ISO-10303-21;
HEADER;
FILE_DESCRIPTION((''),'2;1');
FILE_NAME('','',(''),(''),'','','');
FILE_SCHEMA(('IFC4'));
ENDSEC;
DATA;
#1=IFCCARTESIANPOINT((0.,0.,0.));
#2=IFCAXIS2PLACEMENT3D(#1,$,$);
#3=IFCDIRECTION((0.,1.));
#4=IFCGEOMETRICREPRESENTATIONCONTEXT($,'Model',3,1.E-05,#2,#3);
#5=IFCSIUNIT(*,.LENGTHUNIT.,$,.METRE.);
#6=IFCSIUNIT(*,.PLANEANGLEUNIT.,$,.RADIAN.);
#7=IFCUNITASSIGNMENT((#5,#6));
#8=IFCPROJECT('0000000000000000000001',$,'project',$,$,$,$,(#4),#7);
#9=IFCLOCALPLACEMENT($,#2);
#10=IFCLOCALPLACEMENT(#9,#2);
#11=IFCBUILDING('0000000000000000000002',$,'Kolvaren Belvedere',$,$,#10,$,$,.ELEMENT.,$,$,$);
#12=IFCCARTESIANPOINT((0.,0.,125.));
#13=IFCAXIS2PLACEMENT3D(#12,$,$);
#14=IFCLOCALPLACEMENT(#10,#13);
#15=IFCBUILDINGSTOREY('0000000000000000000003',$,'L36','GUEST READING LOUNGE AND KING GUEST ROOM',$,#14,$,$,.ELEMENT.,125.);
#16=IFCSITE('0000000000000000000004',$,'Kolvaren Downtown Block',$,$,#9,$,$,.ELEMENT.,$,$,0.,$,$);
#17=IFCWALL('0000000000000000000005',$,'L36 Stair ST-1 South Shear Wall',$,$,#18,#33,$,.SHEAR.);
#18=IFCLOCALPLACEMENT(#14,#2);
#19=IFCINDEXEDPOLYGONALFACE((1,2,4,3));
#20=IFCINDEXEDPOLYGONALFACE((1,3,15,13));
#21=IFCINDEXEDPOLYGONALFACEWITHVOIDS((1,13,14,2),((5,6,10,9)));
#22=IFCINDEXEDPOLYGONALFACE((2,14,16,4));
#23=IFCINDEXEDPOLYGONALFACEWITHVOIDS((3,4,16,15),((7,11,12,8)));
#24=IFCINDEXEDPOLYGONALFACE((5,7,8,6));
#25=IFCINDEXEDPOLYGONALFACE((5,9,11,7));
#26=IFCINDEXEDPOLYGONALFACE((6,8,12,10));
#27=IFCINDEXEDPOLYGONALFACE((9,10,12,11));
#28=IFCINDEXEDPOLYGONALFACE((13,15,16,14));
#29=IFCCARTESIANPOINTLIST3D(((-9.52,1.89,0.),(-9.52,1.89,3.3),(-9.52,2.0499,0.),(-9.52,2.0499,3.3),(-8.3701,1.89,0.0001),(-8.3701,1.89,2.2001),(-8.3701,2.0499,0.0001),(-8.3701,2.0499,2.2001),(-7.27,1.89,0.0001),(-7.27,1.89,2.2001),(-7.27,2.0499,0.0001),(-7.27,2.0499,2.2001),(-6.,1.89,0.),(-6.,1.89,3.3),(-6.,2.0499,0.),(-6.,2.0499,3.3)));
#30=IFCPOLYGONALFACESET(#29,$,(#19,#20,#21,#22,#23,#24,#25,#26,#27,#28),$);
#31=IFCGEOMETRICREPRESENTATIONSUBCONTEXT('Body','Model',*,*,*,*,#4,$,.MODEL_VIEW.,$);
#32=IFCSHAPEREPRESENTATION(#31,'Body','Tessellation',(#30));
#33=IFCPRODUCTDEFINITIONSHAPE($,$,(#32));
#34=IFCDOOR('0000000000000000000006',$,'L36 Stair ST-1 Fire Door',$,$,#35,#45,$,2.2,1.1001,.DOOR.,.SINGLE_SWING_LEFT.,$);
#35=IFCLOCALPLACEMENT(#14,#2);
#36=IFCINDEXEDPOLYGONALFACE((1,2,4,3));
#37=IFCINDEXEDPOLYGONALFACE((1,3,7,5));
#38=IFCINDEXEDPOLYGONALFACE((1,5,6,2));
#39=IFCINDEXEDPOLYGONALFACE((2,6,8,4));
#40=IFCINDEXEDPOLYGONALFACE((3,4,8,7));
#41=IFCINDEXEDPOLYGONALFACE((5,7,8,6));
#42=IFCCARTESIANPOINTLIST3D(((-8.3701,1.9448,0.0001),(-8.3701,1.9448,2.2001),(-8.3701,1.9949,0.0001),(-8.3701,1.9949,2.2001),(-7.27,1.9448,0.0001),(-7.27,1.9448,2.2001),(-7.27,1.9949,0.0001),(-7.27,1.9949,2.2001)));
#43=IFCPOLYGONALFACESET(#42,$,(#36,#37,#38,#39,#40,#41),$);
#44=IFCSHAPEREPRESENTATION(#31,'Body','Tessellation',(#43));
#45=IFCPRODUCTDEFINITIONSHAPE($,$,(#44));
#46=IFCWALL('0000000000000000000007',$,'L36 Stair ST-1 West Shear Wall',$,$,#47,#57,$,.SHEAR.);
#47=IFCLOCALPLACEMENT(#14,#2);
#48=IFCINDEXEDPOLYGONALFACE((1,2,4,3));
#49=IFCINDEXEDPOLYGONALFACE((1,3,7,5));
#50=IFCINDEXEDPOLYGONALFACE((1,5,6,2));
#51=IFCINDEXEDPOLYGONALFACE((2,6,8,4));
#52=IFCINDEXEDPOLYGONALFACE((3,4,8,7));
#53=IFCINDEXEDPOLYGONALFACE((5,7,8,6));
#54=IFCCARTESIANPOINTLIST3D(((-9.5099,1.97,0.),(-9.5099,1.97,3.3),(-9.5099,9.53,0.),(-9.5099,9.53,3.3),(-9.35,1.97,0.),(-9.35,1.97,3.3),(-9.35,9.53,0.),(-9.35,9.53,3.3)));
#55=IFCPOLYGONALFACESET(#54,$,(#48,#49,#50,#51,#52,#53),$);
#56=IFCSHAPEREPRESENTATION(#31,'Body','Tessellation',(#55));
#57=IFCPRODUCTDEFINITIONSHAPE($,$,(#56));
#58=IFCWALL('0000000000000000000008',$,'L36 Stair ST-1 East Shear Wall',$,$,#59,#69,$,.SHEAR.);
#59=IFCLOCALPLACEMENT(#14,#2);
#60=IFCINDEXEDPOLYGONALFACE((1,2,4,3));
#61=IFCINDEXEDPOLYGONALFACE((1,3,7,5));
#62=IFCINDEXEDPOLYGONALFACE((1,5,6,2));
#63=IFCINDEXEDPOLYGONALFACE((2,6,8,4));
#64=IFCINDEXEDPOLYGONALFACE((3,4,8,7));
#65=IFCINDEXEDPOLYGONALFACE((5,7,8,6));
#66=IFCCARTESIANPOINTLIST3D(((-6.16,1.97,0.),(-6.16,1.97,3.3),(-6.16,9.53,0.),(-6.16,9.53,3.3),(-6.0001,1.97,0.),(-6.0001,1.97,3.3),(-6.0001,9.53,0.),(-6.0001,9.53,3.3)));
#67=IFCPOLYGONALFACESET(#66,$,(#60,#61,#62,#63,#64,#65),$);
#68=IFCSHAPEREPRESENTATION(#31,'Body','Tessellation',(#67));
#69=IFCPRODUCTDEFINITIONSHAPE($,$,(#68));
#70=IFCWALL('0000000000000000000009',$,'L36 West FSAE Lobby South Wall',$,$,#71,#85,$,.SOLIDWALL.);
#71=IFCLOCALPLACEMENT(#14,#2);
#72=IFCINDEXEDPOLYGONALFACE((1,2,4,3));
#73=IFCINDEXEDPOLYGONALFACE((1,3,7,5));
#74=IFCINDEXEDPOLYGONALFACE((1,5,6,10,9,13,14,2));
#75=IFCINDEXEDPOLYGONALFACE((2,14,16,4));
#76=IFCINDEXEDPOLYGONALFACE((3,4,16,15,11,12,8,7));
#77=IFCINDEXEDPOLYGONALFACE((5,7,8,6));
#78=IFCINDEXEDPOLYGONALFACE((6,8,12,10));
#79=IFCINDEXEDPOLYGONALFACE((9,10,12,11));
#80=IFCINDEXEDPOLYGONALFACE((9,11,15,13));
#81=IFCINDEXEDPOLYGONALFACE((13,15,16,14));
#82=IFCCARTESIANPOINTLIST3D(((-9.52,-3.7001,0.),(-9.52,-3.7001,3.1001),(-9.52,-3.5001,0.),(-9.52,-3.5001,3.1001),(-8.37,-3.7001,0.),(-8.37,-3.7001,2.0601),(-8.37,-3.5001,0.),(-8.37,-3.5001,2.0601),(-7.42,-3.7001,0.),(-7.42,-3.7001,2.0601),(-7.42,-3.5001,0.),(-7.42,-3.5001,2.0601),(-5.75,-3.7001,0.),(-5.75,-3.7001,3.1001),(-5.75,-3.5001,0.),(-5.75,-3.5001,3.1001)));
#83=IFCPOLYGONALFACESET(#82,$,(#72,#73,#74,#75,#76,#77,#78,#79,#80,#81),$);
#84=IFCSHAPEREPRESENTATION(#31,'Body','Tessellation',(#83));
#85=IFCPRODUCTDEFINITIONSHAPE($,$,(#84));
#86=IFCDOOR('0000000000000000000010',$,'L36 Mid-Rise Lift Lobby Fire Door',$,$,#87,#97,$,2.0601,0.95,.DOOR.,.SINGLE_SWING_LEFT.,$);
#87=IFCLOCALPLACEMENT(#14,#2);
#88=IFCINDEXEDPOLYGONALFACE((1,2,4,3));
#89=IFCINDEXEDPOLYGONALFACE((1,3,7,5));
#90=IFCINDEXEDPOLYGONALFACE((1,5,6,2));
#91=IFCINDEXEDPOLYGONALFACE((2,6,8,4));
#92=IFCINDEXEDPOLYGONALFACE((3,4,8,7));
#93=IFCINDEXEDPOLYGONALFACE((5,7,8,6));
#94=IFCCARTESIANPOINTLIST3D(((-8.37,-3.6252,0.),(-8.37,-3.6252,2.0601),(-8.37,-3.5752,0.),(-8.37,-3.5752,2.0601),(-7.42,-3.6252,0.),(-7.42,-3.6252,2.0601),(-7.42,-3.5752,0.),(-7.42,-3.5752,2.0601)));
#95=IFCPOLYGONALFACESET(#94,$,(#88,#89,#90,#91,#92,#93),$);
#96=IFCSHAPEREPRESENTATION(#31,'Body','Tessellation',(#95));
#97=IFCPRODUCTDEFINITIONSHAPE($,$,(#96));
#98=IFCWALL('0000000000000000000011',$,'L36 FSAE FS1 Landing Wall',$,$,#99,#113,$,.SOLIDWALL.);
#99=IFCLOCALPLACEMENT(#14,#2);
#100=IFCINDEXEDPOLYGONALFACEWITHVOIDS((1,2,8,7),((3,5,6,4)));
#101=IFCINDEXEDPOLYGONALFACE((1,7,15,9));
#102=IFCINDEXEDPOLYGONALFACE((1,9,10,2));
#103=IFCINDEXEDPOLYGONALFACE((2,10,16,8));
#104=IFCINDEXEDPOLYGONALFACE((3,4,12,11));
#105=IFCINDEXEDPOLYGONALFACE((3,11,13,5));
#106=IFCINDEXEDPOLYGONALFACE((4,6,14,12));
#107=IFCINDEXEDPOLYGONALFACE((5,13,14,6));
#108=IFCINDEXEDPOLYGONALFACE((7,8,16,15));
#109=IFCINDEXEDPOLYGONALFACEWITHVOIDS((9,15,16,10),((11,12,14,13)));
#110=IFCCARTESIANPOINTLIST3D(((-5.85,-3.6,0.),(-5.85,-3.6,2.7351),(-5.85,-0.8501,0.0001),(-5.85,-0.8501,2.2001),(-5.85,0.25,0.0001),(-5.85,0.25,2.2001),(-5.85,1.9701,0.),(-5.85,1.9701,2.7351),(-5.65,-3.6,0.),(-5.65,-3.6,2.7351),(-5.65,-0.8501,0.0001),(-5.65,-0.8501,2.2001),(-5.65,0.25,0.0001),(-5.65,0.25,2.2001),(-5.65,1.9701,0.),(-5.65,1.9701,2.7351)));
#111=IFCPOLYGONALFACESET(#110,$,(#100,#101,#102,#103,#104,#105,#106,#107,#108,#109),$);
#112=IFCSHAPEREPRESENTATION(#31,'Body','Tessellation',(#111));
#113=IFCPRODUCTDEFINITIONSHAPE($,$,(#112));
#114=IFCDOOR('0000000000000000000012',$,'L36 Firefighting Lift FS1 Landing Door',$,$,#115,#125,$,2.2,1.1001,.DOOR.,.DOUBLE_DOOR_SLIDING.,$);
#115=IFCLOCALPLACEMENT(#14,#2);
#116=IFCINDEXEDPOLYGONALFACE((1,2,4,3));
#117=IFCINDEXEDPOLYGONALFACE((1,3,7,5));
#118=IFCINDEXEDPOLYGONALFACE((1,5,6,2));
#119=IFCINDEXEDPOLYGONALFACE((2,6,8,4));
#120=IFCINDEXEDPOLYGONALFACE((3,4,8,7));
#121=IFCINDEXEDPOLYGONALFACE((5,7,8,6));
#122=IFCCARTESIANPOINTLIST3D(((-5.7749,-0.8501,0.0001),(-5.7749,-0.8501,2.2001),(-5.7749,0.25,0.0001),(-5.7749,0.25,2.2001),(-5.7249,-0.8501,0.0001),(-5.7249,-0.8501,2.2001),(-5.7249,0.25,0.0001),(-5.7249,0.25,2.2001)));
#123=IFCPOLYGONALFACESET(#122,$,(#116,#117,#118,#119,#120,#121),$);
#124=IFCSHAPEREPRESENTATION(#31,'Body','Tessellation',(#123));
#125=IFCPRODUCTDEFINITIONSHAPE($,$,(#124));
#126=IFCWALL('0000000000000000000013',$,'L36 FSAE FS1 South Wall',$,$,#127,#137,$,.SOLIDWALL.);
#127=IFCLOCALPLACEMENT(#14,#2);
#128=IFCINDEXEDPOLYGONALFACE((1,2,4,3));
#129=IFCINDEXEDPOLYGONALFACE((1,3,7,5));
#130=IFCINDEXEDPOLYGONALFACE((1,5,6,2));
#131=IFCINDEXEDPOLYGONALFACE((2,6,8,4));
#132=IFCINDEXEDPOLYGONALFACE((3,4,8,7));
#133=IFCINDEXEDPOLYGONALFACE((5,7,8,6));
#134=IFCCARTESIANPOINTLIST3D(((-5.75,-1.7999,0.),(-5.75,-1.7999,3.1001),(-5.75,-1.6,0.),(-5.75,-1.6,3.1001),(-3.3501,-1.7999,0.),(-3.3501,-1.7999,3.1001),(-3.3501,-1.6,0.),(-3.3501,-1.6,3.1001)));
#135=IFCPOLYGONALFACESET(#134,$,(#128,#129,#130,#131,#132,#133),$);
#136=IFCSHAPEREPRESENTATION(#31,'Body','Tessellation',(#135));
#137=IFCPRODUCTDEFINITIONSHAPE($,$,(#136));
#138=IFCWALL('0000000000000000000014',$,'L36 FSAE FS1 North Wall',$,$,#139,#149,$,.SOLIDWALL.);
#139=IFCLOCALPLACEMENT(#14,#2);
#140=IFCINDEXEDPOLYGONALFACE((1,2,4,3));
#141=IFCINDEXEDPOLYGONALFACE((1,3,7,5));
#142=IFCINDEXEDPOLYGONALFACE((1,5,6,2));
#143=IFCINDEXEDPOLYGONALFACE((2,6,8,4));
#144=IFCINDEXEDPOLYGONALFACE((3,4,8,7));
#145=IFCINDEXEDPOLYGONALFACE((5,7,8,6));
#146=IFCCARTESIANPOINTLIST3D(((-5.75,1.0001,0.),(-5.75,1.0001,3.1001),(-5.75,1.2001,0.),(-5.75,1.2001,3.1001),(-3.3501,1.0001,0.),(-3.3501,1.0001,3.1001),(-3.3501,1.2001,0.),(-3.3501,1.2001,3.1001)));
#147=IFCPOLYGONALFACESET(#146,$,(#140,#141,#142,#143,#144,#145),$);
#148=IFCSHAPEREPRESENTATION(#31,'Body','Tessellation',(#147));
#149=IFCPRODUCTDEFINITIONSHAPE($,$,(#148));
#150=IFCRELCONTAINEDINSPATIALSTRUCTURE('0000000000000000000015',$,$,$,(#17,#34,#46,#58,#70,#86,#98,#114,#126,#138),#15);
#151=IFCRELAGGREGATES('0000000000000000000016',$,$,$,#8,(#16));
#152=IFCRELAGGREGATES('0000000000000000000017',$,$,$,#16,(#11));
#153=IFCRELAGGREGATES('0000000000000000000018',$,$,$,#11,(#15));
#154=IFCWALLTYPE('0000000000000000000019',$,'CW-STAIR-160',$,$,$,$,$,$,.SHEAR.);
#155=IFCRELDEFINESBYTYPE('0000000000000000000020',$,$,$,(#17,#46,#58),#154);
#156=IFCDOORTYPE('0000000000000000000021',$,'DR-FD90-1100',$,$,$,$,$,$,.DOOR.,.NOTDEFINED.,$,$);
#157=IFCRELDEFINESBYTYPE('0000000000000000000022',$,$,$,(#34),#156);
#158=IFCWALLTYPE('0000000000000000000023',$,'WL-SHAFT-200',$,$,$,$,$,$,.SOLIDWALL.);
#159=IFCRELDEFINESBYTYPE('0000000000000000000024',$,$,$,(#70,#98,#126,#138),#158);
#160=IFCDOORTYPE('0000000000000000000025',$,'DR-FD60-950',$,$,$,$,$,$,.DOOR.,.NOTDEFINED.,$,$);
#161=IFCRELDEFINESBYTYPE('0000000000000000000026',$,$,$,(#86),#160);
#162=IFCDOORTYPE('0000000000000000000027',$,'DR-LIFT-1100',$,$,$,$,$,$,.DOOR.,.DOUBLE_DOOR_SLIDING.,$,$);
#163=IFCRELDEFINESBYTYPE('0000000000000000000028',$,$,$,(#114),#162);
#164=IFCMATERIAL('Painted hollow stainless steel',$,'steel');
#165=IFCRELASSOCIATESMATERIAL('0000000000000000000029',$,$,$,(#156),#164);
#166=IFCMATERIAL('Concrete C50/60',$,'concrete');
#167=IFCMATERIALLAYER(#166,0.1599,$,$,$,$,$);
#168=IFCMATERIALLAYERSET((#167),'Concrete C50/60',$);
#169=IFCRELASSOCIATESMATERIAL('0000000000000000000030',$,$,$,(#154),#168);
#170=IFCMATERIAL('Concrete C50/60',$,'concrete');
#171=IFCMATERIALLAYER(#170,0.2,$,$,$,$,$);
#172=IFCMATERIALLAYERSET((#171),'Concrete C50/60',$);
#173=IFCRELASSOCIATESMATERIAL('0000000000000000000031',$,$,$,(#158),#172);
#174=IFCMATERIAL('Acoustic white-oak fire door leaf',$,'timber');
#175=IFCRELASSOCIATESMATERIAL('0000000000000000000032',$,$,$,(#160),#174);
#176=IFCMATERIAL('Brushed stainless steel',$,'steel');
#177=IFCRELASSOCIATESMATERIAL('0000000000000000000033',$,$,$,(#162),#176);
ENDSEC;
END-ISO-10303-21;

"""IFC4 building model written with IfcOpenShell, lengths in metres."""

from ifc_helpers import new_model, si_unit, direction, frame, frame_2d, origin, place, context, subcontext, project, spatial, rectangle, extrude, material, layer, layer_set, type_object, element, fill, save


model = new_model("IFC4")

# Units and contexts
model_context = context("Model", 3, precision=1e-05, world=origin(), true_north=direction((0.0, 1.0)))
body_context = subcontext(model_context, "Body", "Model", "MODEL_VIEW")
ifc_project = project(units=[si_unit("LENGTHUNIT", "METRE"), si_unit("PLANEANGLEUNIT", "RADIAN")], contexts=[model_context])

# Site, building, storey
site_placement = place(None, origin())
site = spatial("IfcSite", under=ifc_project, at=site_placement, Name="Kolvaren Downtown Block", CompositionType="ELEMENT", RefElevation=0.0)
building_placement = place(site_placement, origin())
building = spatial("IfcBuilding", under=site, at=building_placement, Name="Kolvaren Belvedere", CompositionType="ELEMENT")
storey_placement = place(building_placement, frame((0.0, 0.0, 125.0)))
storey = spatial("IfcBuildingStorey", under=building, at=storey_placement, Name="L36", Description="GUEST READING LOUNGE AND KING GUEST ROOM", CompositionType="ELEMENT", Elevation=125.0)

# Wall, opening, door
ifc_material_1 = material(Name="Painted hollow stainless steel", Category="steel")
door_type_1 = type_object("IfcDoorType", Name="DR-FD90-1100", OperationType="NOTDEFINED", PredefinedType="DOOR", material=ifc_material_1)
ifc_material_2 = material(Name="Concrete C50/60", Category="concrete")
ifc_layer_1 = layer(ifc_material_2, 0.1599)
ifc_layer_set_1 = layer_set([ifc_layer_1], Name="Concrete C50/60")
wall_type_1 = type_object("IfcWallType", Name="CW-STAIR-160", PredefinedType="SHEAR", material=ifc_layer_set_1)
wall_1_placement = place(storey_placement, frame((-9.52, 1.97, 0.0), z_axis=(0.0, 0.0, 1.0), x_axis=(1.0, 0.0, 0.0)))
wall_1 = element("IfcWall", 1, at=wall_1_placement, inside=storey, type_object=wall_type_1, Name="L36 Stair ST-1 South Shear Wall", PredefinedType="SHEAR", context=body_context, shape_type="SweptSolid", body=[
    extrude(rectangle(XDim=3.52, YDim=0.1599, at=frame_2d((1.76, 0.0))), origin(), (0.0, 0.0, 1.0), 3.3),
])
opening_1_placement = place(wall_1_placement, frame((1.1499, 0.0, 0.0)))
opening_1 = element("IfcOpeningElement", 2, at=opening_1_placement, cuts=wall_1, PredefinedType="OPENING", context=body_context, shape_type="SweptSolid", body=[
    extrude(rectangle(XDim=1.1001, YDim=2.2, at=frame_2d((0.55, 1.1001))), frame((0.0, 0.0898, 0.0), z_axis=(0.0, -1.0, 0.0), x_axis=(1.0, 0.0, 0.0)), (0.0, 0.0, 1.0), 0.1799),
])
door_1_placement = place(opening_1_placement, origin())
door_1 = element("IfcDoor", 3, at=door_1_placement, inside=storey, type_object=door_type_1, Name="L36 Stair ST-1 Fire Door", OperationType="SINGLE_SWING_LEFT", OverallHeight=2.2, OverallWidth=1.1001, PredefinedType="DOOR", context=body_context, shape_type="SweptSolid", body=[
    extrude(rectangle(XDim=1.1001, YDim=2.2, at=frame_2d((0.55, 1.1001))), frame((0.0, 0.0249, 0.0), z_axis=(0.0, -1.0, 0.0), x_axis=(1.0, 0.0, 0.0)), (0.0, 0.0, 1.0), 0.05),
])
fill(opening_1, door_1)

# Walls
for number, where, z_axis, x_axis, name in (
    (4, (-9.4299, 1.97, 0.0), (0.0, 0.0, 1.0), (0.0, 1.0, 0.0), "L36 Stair ST-1 West Shear Wall"),
    (5, (-6.0801, 1.97, 0.0), (0.0, 0.0, 1.0), (0.0, 1.0, 0.0), "L36 Stair ST-1 East Shear Wall"),
):
    element("IfcWall", number, at=place(storey_placement, frame(where, z_axis=z_axis, x_axis=x_axis)), inside=storey, type_object=wall_type_1, Name=name, PredefinedType="SHEAR", context=body_context, shape_type="SweptSolid", body=[
        extrude(rectangle(XDim=7.5601, YDim=0.1599, at=frame_2d((3.78, 0.0))), origin(), (0.0, 0.0, 1.0), 3.3),
    ])

# Walls, openings, doors
ifc_material_3 = material(Name="Concrete C50/60", Category="concrete")
ifc_layer_2 = layer(ifc_material_3, 0.2)
ifc_layer_set_2 = layer_set([ifc_layer_2], Name="Concrete C50/60")
wall_type_2 = type_object("IfcWallType", Name="WL-SHAFT-200", PredefinedType="SOLIDWALL", material=ifc_layer_set_2)
wall_2_placement = place(storey_placement, frame((-9.52, -3.6001, 0.0), z_axis=(0.0, 0.0, 1.0), x_axis=(1.0, 0.0, 0.0)))
wall_2 = element("IfcWall", 6, at=wall_2_placement, inside=storey, type_object=wall_type_2, Name="L36 West FSAE Lobby South Wall", PredefinedType="SOLIDWALL", context=body_context, shape_type="SweptSolid", body=[
    extrude(rectangle(XDim=3.77, YDim=0.2, at=frame_2d((1.885, 0.0))), origin(), (0.0, 0.0, 1.0), 3.1001),
])
opening_2_placement = place(wall_2_placement, frame((1.1499, 0.0, 0.0)))
opening_2 = element("IfcOpeningElement", 7, at=opening_2_placement, cuts=wall_2, PredefinedType="OPENING", context=body_context, shape_type="SweptSolid", body=[
    extrude(rectangle(XDim=0.95, YDim=2.0601, at=frame_2d((0.4751, 1.03))), frame((0.0, 0.1099, 0.0), z_axis=(0.0, -1.0, 0.0), x_axis=(1.0, 0.0, 0.0)), (0.0, 0.0, 1.0), 0.22),
])
ifc_material_4 = material(Name="Acoustic white-oak fire door leaf", Category="timber")
door_type_2 = type_object("IfcDoorType", Name="DR-FD60-950", OperationType="NOTDEFINED", PredefinedType="DOOR", material=ifc_material_4)
door_2_placement = place(opening_2_placement, origin())
door_2 = element("IfcDoor", 8, at=door_2_placement, inside=storey, type_object=door_type_2, Name="L36 Mid-Rise Lift Lobby Fire Door", OperationType="SINGLE_SWING_LEFT", OverallHeight=2.0601, OverallWidth=0.95, PredefinedType="DOOR", context=body_context, shape_type="SweptSolid", body=[
    extrude(rectangle(XDim=0.95, YDim=2.0601, at=frame_2d((0.4751, 1.03))), frame((0.0, 0.0249, 0.0), z_axis=(0.0, -1.0, 0.0), x_axis=(1.0, 0.0, 0.0)), (0.0, 0.0, 1.0), 0.05),
])
fill(opening_2, door_2)
wall_3_placement = place(storey_placement, frame((-5.75, -3.6001, 0.0), z_axis=(0.0, 0.0, 1.0), x_axis=(0.0, 1.0, 0.0)))
wall_3 = element("IfcWall", 9, at=wall_3_placement, inside=storey, type_object=wall_type_2, Name="L36 FSAE FS1 Landing Wall", PredefinedType="SOLIDWALL", context=body_context, shape_type="SweptSolid", body=[
    extrude(rectangle(XDim=5.5701, YDim=0.2, at=frame_2d((2.7852, 0.0))), origin(), (0.0, 0.0, 1.0), 2.7351),
])
opening_3_placement = place(wall_3_placement, frame((2.75, 0.0, 0.0)))
opening_3 = element("IfcOpeningElement", 10, at=opening_3_placement, cuts=wall_3, PredefinedType="OPENING", context=body_context, shape_type="SweptSolid", body=[
    extrude(rectangle(XDim=1.1001, YDim=2.2, at=frame_2d((0.55, 1.1001))), frame((0.0, 0.1099, 0.0), z_axis=(0.0, -1.0, 0.0), x_axis=(1.0, 0.0, 0.0)), (0.0, 0.0, 1.0), 0.22),
])
ifc_material_5 = material(Name="Brushed stainless steel", Category="steel")
door_type_3 = type_object("IfcDoorType", Name="DR-LIFT-1100", OperationType="DOUBLE_DOOR_SLIDING", PredefinedType="DOOR", material=ifc_material_5)
door_3_placement = place(opening_3_placement, origin())
door_3 = element("IfcDoor", 11, at=door_3_placement, inside=storey, type_object=door_type_3, Name="L36 Firefighting Lift FS1 Landing Door", OperationType="DOUBLE_DOOR_SLIDING", OverallHeight=2.2, OverallWidth=1.1001, PredefinedType="DOOR", context=body_context, shape_type="SweptSolid", body=[
    extrude(rectangle(XDim=1.1001, YDim=2.2, at=frame_2d((0.55, 1.1001))), frame((0.0, 0.0249, 0.0), z_axis=(0.0, -1.0, 0.0), x_axis=(1.0, 0.0, 0.0)), (0.0, 0.0, 1.0), 0.05),
])
fill(opening_3, door_3)

# Walls
for number, where, z_axis, x_axis, name in (
    (12, (-5.75, -1.7, 0.0), (0.0, 0.0, 1.0), (1.0, 0.0, 0.0), "L36 FSAE FS1 South Wall"),
    (13, (-5.75, 1.1001, 0.0), (0.0, 0.0, 1.0), (1.0, 0.0, 0.0), "L36 FSAE FS1 North Wall"),
):
    element("IfcWall", number, at=place(storey_placement, frame(where, z_axis=z_axis, x_axis=x_axis)), inside=storey, type_object=wall_type_2, Name=name, PredefinedType="SOLIDWALL", context=body_context, shape_type="SweptSolid", body=[
        extrude(rectangle(XDim=2.3999, YDim=0.2, at=frame_2d((1.2, 0.0))), origin(), (0.0, 0.0, 1.0), 3.1001),
    ])

save(model, "model.ifc")
